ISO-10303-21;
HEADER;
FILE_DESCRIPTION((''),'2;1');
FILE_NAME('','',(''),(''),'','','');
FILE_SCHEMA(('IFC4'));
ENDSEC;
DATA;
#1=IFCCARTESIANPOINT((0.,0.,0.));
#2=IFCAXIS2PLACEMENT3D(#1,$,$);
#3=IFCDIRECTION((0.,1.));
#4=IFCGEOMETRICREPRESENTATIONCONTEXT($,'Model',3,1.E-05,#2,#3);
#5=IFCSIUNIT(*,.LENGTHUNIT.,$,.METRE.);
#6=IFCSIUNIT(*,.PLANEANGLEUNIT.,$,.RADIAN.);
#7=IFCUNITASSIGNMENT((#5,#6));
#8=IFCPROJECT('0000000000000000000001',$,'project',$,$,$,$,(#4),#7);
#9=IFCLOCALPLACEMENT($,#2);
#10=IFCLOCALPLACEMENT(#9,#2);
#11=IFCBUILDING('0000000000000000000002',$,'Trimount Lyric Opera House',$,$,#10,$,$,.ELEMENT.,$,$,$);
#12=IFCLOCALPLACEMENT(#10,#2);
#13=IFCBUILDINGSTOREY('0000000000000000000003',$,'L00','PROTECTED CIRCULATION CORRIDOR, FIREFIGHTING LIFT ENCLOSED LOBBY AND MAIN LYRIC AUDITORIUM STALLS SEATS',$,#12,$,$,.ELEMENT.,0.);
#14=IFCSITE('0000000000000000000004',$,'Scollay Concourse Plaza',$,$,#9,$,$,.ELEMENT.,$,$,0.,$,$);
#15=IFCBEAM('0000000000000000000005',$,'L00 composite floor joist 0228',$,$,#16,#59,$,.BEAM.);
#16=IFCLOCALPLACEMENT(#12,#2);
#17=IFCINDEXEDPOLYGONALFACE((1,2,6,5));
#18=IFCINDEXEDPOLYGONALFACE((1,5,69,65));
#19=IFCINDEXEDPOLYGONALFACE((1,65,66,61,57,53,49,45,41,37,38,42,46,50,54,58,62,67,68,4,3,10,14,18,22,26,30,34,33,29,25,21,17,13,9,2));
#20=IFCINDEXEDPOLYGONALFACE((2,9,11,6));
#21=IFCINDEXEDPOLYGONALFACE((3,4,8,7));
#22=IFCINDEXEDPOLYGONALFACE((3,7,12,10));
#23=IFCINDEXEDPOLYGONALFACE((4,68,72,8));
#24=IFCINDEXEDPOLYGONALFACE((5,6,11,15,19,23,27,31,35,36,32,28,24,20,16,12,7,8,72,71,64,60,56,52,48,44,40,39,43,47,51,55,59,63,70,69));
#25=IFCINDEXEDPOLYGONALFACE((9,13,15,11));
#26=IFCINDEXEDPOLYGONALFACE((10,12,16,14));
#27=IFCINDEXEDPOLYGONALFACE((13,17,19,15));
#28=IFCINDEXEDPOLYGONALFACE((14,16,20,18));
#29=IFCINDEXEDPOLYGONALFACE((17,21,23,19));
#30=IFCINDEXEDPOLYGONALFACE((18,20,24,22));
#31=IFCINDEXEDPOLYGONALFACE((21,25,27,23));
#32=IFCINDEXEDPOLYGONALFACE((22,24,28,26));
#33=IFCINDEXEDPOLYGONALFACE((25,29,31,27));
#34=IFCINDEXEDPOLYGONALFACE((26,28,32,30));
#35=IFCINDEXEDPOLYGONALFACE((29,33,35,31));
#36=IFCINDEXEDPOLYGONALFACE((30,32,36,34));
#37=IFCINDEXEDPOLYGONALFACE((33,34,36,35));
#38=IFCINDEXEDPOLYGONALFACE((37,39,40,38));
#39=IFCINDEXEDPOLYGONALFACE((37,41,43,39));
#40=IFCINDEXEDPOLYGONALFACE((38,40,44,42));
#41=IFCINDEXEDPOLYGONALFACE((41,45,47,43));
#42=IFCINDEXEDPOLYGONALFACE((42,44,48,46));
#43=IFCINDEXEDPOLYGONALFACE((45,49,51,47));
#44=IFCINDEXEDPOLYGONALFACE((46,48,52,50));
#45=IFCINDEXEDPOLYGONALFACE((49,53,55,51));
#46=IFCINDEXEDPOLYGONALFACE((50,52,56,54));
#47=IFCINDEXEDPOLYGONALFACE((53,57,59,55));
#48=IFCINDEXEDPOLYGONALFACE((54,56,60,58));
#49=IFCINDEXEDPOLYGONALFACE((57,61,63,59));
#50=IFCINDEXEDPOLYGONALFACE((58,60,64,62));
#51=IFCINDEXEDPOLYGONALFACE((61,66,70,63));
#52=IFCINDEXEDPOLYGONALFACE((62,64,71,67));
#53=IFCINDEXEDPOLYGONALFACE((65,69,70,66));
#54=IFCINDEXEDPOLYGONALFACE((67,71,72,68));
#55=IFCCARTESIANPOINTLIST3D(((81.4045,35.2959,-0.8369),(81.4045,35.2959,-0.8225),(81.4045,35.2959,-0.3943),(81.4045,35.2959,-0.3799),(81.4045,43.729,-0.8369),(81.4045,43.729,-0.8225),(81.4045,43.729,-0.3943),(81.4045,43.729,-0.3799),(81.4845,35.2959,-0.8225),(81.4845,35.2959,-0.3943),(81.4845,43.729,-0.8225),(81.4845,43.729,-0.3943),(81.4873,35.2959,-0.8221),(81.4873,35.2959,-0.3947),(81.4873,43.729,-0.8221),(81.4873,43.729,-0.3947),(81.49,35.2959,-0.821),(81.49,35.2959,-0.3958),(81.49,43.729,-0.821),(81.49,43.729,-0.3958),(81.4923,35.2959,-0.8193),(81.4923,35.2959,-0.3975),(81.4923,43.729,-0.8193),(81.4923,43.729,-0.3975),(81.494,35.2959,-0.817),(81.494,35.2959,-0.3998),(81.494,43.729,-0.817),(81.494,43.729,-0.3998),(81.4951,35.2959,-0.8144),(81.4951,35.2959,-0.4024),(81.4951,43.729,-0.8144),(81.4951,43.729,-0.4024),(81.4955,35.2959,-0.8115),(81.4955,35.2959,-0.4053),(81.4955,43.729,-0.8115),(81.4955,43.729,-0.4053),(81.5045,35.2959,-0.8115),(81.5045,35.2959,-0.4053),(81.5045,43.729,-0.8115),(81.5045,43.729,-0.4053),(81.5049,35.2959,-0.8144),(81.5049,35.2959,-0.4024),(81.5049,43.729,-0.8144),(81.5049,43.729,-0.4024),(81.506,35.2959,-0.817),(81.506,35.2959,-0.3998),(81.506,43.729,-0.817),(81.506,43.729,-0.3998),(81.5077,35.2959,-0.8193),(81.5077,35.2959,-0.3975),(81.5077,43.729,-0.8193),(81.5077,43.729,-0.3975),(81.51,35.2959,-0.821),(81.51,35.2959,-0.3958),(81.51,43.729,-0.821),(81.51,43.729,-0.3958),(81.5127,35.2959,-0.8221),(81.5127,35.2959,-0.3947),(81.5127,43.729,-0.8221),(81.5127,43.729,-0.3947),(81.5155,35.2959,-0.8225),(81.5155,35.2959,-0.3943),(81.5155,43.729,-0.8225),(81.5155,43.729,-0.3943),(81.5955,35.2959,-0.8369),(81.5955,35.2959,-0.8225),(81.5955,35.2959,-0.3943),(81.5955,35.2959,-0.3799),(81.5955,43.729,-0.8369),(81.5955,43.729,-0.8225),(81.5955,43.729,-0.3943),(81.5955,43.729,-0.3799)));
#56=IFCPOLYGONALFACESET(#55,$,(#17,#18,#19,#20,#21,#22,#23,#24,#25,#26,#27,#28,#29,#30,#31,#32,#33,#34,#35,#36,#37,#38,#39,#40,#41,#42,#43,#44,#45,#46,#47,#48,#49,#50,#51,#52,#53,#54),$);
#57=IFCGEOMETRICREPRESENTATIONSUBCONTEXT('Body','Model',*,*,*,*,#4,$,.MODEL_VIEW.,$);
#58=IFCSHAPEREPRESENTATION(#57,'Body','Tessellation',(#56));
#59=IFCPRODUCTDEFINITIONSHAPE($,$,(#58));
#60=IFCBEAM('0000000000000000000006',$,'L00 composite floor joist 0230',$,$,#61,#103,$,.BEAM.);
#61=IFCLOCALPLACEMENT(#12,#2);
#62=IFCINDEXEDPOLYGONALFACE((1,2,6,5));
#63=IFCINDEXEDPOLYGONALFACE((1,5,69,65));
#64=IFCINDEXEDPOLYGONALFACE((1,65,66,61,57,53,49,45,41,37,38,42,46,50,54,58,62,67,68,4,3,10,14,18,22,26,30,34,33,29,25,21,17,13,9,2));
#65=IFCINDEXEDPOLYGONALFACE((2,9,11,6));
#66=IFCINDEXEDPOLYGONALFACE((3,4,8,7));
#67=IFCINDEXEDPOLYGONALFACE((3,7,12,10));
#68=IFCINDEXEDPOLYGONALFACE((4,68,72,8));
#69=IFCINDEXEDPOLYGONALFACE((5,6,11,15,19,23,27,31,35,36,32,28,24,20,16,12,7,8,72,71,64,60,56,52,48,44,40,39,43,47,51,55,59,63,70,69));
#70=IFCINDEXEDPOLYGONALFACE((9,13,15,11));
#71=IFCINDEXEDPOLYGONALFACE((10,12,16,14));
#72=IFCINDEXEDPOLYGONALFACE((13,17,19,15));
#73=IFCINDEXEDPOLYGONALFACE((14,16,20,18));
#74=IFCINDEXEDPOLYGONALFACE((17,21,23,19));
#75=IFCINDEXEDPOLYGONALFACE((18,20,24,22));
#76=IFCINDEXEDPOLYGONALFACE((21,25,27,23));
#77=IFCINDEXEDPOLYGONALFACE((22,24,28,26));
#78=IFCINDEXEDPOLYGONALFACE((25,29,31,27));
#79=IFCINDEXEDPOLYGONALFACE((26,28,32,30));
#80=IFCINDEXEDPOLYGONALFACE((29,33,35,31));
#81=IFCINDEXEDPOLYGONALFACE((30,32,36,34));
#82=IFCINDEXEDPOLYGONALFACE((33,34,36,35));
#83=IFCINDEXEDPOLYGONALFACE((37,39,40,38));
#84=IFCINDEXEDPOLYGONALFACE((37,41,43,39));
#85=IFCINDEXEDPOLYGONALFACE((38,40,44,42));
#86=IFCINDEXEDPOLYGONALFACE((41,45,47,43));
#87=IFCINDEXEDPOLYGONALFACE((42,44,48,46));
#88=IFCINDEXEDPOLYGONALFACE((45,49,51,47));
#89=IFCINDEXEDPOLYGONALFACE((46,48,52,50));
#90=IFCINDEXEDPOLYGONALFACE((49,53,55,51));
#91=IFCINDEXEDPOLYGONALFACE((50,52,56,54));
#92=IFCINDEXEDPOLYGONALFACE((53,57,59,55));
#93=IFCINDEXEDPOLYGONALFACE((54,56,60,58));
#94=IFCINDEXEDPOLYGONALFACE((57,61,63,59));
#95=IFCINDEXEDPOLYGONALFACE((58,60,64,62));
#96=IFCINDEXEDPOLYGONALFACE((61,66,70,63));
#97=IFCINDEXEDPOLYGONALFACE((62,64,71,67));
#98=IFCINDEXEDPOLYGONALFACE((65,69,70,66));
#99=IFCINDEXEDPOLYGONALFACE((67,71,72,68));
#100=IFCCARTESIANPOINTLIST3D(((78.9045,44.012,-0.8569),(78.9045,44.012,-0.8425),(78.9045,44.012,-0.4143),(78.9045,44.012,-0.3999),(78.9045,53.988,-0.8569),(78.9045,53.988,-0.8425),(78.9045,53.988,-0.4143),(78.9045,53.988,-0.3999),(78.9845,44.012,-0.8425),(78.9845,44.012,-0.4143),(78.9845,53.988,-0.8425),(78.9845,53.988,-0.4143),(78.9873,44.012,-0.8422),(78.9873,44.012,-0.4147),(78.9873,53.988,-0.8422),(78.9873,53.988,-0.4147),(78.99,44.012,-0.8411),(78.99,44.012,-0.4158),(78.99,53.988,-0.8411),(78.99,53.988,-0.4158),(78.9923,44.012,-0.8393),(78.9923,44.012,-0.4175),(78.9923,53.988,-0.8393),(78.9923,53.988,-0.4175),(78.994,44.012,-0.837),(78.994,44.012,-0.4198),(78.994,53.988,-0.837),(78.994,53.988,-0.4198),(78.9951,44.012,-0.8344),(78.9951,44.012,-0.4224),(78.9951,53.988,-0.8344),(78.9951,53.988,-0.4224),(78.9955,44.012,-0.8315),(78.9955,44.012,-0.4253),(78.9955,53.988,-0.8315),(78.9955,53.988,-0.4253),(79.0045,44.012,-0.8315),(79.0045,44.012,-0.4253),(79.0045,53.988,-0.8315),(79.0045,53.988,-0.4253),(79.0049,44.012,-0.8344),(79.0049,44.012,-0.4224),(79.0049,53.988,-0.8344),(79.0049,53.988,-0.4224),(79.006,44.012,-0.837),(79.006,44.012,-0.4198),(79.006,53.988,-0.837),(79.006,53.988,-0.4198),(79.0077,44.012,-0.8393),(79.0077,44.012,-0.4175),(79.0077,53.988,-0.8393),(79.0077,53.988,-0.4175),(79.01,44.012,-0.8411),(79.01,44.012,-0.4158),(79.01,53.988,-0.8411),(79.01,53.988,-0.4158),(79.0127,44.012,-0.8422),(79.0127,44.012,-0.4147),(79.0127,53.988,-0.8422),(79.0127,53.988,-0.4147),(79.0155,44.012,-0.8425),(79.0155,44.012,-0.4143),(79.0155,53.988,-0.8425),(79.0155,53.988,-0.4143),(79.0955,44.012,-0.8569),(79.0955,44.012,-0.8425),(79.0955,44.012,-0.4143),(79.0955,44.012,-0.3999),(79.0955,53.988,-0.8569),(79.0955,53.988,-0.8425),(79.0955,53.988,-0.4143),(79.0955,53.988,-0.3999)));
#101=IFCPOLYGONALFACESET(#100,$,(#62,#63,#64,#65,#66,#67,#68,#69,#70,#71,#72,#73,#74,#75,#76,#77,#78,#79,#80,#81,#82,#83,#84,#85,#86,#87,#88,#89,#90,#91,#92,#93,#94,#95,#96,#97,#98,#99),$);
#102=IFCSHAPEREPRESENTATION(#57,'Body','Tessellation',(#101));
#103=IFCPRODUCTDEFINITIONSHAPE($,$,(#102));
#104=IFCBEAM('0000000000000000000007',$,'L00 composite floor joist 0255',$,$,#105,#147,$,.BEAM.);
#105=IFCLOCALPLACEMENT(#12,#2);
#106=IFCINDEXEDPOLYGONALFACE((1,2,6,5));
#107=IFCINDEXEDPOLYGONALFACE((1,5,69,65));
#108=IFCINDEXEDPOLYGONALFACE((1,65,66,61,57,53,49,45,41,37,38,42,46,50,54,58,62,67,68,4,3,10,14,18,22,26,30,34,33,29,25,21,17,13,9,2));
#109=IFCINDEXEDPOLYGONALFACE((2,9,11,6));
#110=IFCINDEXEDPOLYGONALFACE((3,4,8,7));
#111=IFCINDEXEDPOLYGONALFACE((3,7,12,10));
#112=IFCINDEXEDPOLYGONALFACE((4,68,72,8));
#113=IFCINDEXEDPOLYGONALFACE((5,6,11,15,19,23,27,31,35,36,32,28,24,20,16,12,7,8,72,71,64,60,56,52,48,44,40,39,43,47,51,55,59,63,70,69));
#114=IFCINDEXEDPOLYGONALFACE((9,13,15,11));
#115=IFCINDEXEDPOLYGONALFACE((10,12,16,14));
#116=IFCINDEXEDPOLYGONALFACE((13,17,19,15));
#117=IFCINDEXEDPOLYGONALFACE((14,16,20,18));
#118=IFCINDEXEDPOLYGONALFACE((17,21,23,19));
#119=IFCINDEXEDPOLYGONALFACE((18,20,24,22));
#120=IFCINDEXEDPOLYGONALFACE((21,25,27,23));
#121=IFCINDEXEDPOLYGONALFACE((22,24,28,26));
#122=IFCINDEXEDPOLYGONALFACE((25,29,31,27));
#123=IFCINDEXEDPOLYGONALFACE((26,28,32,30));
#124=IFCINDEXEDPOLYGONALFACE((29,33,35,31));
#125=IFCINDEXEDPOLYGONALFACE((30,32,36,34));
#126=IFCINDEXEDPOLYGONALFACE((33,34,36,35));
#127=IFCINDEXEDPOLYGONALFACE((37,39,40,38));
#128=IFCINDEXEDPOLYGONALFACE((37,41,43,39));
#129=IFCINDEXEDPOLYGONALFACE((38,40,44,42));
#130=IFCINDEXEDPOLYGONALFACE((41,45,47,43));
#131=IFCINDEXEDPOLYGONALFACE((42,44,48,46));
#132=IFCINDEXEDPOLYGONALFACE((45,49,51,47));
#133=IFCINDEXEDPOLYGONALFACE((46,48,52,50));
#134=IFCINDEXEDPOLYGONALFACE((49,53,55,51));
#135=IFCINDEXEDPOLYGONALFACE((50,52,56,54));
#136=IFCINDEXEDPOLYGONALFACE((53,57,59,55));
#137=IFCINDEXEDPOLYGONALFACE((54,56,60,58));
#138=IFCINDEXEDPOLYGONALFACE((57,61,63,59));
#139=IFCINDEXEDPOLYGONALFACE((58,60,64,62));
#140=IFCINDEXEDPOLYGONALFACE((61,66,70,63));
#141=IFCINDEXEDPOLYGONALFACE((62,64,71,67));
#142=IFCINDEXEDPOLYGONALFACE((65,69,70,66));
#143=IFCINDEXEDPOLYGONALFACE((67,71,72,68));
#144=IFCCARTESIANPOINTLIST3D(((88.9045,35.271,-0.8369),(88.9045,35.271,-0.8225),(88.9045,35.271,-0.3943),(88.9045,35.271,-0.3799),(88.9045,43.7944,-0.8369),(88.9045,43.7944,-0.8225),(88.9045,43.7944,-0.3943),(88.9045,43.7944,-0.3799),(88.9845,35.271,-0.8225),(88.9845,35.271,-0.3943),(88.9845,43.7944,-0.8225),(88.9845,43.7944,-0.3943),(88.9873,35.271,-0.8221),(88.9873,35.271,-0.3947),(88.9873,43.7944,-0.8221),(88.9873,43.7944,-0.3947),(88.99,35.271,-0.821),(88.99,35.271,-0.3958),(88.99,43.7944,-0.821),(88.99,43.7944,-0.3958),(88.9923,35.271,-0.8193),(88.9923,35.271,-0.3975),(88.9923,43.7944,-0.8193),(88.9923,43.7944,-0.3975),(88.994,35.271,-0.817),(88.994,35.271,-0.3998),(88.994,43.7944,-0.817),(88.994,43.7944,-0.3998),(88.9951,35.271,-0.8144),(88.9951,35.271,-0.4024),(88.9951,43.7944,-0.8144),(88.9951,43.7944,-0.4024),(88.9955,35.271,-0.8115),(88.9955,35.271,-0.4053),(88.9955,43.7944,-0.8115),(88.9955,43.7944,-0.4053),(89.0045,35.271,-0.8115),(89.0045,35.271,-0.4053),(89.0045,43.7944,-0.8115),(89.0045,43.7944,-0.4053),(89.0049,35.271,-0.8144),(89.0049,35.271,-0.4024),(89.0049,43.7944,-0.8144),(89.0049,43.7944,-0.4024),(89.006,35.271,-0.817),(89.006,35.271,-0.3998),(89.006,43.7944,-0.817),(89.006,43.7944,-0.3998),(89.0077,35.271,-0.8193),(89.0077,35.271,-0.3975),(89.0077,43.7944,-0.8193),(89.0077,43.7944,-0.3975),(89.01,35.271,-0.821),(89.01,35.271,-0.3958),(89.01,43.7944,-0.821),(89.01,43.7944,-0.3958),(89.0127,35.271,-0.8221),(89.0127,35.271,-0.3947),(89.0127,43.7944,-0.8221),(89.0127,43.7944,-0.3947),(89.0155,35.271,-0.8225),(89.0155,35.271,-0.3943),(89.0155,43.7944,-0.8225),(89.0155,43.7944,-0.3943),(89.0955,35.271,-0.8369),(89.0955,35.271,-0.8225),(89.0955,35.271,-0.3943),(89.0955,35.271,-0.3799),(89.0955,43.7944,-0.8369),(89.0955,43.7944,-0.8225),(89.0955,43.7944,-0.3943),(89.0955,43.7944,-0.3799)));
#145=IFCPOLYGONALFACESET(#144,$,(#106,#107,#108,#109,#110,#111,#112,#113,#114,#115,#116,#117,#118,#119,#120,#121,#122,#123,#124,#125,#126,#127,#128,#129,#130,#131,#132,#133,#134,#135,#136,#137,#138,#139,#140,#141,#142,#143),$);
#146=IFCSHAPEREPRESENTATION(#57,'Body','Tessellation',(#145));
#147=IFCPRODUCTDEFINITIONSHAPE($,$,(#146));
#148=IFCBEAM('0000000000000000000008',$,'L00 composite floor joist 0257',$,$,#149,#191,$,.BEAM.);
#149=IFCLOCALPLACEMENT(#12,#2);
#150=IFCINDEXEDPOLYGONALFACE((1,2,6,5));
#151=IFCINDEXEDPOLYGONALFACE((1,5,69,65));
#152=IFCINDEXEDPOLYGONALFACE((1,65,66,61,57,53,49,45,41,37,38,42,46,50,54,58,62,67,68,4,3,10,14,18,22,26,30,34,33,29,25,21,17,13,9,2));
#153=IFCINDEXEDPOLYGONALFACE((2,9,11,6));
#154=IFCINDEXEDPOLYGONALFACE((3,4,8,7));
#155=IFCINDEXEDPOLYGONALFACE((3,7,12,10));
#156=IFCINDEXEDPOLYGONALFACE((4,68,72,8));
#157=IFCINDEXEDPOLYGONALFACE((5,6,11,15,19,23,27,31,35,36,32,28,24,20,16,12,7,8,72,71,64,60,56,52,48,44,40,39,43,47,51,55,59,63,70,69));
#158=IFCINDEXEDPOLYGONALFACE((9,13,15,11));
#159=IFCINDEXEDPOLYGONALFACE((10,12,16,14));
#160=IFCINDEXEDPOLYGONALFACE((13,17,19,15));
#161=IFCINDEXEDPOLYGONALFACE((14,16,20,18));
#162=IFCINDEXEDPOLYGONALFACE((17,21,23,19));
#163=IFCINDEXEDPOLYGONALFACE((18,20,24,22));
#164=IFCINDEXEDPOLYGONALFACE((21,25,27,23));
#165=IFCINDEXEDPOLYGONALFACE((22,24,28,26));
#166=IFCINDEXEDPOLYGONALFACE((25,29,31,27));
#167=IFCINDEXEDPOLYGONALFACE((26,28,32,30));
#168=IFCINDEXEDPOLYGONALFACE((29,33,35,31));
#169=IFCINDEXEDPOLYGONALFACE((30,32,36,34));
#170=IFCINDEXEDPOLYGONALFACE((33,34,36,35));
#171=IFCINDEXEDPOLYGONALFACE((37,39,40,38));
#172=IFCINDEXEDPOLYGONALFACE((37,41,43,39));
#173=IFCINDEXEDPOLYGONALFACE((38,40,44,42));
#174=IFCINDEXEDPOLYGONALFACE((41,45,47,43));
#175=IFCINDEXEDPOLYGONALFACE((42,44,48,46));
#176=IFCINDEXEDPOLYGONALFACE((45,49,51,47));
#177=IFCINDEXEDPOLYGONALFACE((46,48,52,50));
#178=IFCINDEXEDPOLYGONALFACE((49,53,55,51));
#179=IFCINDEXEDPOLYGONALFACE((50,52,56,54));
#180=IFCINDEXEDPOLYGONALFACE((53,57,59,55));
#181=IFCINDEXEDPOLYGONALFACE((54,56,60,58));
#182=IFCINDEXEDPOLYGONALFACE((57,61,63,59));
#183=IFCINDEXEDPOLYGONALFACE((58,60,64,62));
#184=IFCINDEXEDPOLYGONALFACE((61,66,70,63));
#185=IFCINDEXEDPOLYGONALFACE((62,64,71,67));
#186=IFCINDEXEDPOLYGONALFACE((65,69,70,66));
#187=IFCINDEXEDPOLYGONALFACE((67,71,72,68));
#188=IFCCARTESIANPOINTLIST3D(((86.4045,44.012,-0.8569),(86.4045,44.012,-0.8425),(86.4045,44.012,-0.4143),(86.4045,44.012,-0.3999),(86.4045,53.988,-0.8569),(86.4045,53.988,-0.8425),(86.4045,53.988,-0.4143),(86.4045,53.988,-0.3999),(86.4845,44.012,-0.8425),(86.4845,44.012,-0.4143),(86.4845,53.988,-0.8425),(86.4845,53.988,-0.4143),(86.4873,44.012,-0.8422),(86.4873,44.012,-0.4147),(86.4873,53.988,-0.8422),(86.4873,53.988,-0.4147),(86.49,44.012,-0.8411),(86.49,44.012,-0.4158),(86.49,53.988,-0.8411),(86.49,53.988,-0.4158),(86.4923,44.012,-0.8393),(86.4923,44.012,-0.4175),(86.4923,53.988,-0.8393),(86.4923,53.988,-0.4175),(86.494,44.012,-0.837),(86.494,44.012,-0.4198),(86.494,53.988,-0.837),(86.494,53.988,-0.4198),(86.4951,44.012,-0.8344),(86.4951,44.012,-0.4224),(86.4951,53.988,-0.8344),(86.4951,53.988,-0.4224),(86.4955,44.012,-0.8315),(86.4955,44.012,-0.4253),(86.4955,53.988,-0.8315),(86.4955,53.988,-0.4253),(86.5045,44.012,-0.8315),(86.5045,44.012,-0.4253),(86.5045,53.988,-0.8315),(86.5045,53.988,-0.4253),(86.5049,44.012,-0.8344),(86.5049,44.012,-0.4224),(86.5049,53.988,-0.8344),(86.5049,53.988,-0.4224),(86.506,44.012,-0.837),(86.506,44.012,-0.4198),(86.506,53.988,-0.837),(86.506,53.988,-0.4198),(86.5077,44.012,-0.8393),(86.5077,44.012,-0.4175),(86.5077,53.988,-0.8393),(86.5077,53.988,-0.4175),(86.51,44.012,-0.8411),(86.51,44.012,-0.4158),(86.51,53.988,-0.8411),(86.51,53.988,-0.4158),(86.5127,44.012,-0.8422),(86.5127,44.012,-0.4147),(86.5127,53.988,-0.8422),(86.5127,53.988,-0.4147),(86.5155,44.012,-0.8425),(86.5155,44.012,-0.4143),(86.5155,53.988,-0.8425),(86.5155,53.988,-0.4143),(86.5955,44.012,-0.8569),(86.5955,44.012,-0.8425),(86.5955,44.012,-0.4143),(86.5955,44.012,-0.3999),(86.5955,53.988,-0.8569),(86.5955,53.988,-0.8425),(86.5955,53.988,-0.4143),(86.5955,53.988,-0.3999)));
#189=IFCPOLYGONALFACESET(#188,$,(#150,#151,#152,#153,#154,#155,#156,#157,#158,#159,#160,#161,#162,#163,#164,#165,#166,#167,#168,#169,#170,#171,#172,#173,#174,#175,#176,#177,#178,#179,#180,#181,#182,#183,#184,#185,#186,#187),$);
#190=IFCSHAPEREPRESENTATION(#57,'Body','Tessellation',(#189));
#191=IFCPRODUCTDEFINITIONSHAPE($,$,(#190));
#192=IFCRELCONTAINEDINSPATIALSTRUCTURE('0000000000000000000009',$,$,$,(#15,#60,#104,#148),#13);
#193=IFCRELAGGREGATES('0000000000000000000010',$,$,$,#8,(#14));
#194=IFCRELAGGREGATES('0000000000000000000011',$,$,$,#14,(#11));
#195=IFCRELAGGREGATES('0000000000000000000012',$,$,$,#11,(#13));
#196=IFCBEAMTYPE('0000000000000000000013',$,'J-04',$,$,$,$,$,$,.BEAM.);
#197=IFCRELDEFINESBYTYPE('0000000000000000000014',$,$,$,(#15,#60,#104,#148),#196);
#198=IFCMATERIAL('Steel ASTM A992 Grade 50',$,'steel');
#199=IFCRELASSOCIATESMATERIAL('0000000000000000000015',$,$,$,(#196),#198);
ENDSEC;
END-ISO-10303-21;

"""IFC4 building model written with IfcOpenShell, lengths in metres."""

from ifc_helpers import new_model, si_unit, direction, frame, origin, origin_2d, place, context, subcontext, project, spatial, i_section, extrude, material, material_profile, profile_set, type_object, element, save


model = new_model("IFC4")

# Units and contexts
model_context = context("Model", 3, precision=1e-05, world=origin(), true_north=direction((0.0, 1.0)))
body_context = subcontext(model_context, "Body", "Model", "MODEL_VIEW")
ifc_project = project(units=[si_unit("LENGTHUNIT", "METRE"), si_unit("PLANEANGLEUNIT", "RADIAN")], contexts=[model_context])

# Site, building, storey
site_placement = place(None, origin())
site = spatial("IfcSite", under=ifc_project, at=site_placement, Name="Scollay Concourse Plaza", CompositionType="ELEMENT", RefElevation=0.0)
building_placement = place(site_placement, origin())
building = spatial("IfcBuilding", under=site, at=building_placement, Name="Trimount Lyric Opera House", CompositionType="ELEMENT")
storey_placement = place(building_placement, origin())
storey = spatial("IfcBuildingStorey", under=building, at=storey_placement, Name="L00", Description="PROTECTED CIRCULATION CORRIDOR, FIREFIGHTING LIFT ENCLOSED LOBBY AND MAIN LYRIC AUDITORIUM STALLS SEATS", CompositionType="ELEMENT", Elevation=0.0)

# Beams
ifc_material_1 = material(Name="Steel ASTM A992 Grade 50", Category="steel")
ifc_material_profile_1 = material_profile(ifc_material_1, i_section(OverallWidth=0.1909, OverallDepth=0.457, WebThickness=0.009, FlangeThickness=0.0144, FilletRadius=0.011, at=origin_2d()), Name="W18X50")
ifc_profile_set_1 = profile_set([ifc_material_profile_1], Name="Steel ASTM A992 Grade 50")
beam_type_1 = type_object("IfcBeamType", Name="J-04", PredefinedType="BEAM", material=ifc_profile_set_1)
beam_1_placement = place(storey_placement, frame((81.5, 35.2959, -0.6084), z_axis=(0.0, 1.0, 0.0), x_axis=(-1.0, 0.0, 0.0)))
element("IfcBeam", 1, at=beam_1_placement, inside=storey, type_object=beam_type_1, Name="L00 composite floor joist 0228", PredefinedType="BEAM", context=body_context, shape_type="SweptSolid", body=[
    extrude(i_section(OverallWidth=0.1909, OverallDepth=0.457, WebThickness=0.009, FlangeThickness=0.0144, FilletRadius=0.011, at=origin_2d()), origin(), (0.0, 0.0, 1.0), 8.4331),
])
beam_2_placement = place(storey_placement, frame((79.0, 44.012, -0.6284), z_axis=(0.0, 1.0, 0.0), x_axis=(-1.0, 0.0, 0.0)))
element("IfcBeam", 2, at=beam_2_placement, inside=storey, type_object=beam_type_1, Name="L00 composite floor joist 0230", PredefinedType="BEAM", context=body_context, shape_type="SweptSolid", body=[
    extrude(i_section(OverallWidth=0.1909, OverallDepth=0.457, WebThickness=0.009, FlangeThickness=0.0144, FilletRadius=0.011, at=origin_2d()), origin(), (0.0, 0.0, 1.0), 9.9761),
])
beam_3_placement = place(storey_placement, frame((89.0, 35.271, -0.6084), z_axis=(0.0, 1.0, 0.0), x_axis=(-1.0, 0.0, 0.0)))
element("IfcBeam", 3, at=beam_3_placement, inside=storey, type_object=beam_type_1, Name="L00 composite floor joist 0255", PredefinedType="BEAM", context=body_context, shape_type="SweptSolid", body=[
    extrude(i_section(OverallWidth=0.1909, OverallDepth=0.457, WebThickness=0.009, FlangeThickness=0.0144, FilletRadius=0.011, at=origin_2d()), origin(), (0.0, 0.0, 1.0), 8.5234),
])
beam_4_placement = place(storey_placement, frame((86.5, 44.012, -0.6284), z_axis=(0.0, 1.0, 0.0), x_axis=(-1.0, 0.0, 0.0)))
element("IfcBeam", 4, at=beam_4_placement, inside=storey, type_object=beam_type_1, Name="L00 composite floor joist 0257", PredefinedType="BEAM", context=body_context, shape_type="SweptSolid", body=[
    extrude(i_section(OverallWidth=0.1909, OverallDepth=0.457, WebThickness=0.009, FlangeThickness=0.0144, FilletRadius=0.011, at=origin_2d()), origin(), (0.0, 0.0, 1.0), 9.9761),
])

save(model, "model.ifc")
